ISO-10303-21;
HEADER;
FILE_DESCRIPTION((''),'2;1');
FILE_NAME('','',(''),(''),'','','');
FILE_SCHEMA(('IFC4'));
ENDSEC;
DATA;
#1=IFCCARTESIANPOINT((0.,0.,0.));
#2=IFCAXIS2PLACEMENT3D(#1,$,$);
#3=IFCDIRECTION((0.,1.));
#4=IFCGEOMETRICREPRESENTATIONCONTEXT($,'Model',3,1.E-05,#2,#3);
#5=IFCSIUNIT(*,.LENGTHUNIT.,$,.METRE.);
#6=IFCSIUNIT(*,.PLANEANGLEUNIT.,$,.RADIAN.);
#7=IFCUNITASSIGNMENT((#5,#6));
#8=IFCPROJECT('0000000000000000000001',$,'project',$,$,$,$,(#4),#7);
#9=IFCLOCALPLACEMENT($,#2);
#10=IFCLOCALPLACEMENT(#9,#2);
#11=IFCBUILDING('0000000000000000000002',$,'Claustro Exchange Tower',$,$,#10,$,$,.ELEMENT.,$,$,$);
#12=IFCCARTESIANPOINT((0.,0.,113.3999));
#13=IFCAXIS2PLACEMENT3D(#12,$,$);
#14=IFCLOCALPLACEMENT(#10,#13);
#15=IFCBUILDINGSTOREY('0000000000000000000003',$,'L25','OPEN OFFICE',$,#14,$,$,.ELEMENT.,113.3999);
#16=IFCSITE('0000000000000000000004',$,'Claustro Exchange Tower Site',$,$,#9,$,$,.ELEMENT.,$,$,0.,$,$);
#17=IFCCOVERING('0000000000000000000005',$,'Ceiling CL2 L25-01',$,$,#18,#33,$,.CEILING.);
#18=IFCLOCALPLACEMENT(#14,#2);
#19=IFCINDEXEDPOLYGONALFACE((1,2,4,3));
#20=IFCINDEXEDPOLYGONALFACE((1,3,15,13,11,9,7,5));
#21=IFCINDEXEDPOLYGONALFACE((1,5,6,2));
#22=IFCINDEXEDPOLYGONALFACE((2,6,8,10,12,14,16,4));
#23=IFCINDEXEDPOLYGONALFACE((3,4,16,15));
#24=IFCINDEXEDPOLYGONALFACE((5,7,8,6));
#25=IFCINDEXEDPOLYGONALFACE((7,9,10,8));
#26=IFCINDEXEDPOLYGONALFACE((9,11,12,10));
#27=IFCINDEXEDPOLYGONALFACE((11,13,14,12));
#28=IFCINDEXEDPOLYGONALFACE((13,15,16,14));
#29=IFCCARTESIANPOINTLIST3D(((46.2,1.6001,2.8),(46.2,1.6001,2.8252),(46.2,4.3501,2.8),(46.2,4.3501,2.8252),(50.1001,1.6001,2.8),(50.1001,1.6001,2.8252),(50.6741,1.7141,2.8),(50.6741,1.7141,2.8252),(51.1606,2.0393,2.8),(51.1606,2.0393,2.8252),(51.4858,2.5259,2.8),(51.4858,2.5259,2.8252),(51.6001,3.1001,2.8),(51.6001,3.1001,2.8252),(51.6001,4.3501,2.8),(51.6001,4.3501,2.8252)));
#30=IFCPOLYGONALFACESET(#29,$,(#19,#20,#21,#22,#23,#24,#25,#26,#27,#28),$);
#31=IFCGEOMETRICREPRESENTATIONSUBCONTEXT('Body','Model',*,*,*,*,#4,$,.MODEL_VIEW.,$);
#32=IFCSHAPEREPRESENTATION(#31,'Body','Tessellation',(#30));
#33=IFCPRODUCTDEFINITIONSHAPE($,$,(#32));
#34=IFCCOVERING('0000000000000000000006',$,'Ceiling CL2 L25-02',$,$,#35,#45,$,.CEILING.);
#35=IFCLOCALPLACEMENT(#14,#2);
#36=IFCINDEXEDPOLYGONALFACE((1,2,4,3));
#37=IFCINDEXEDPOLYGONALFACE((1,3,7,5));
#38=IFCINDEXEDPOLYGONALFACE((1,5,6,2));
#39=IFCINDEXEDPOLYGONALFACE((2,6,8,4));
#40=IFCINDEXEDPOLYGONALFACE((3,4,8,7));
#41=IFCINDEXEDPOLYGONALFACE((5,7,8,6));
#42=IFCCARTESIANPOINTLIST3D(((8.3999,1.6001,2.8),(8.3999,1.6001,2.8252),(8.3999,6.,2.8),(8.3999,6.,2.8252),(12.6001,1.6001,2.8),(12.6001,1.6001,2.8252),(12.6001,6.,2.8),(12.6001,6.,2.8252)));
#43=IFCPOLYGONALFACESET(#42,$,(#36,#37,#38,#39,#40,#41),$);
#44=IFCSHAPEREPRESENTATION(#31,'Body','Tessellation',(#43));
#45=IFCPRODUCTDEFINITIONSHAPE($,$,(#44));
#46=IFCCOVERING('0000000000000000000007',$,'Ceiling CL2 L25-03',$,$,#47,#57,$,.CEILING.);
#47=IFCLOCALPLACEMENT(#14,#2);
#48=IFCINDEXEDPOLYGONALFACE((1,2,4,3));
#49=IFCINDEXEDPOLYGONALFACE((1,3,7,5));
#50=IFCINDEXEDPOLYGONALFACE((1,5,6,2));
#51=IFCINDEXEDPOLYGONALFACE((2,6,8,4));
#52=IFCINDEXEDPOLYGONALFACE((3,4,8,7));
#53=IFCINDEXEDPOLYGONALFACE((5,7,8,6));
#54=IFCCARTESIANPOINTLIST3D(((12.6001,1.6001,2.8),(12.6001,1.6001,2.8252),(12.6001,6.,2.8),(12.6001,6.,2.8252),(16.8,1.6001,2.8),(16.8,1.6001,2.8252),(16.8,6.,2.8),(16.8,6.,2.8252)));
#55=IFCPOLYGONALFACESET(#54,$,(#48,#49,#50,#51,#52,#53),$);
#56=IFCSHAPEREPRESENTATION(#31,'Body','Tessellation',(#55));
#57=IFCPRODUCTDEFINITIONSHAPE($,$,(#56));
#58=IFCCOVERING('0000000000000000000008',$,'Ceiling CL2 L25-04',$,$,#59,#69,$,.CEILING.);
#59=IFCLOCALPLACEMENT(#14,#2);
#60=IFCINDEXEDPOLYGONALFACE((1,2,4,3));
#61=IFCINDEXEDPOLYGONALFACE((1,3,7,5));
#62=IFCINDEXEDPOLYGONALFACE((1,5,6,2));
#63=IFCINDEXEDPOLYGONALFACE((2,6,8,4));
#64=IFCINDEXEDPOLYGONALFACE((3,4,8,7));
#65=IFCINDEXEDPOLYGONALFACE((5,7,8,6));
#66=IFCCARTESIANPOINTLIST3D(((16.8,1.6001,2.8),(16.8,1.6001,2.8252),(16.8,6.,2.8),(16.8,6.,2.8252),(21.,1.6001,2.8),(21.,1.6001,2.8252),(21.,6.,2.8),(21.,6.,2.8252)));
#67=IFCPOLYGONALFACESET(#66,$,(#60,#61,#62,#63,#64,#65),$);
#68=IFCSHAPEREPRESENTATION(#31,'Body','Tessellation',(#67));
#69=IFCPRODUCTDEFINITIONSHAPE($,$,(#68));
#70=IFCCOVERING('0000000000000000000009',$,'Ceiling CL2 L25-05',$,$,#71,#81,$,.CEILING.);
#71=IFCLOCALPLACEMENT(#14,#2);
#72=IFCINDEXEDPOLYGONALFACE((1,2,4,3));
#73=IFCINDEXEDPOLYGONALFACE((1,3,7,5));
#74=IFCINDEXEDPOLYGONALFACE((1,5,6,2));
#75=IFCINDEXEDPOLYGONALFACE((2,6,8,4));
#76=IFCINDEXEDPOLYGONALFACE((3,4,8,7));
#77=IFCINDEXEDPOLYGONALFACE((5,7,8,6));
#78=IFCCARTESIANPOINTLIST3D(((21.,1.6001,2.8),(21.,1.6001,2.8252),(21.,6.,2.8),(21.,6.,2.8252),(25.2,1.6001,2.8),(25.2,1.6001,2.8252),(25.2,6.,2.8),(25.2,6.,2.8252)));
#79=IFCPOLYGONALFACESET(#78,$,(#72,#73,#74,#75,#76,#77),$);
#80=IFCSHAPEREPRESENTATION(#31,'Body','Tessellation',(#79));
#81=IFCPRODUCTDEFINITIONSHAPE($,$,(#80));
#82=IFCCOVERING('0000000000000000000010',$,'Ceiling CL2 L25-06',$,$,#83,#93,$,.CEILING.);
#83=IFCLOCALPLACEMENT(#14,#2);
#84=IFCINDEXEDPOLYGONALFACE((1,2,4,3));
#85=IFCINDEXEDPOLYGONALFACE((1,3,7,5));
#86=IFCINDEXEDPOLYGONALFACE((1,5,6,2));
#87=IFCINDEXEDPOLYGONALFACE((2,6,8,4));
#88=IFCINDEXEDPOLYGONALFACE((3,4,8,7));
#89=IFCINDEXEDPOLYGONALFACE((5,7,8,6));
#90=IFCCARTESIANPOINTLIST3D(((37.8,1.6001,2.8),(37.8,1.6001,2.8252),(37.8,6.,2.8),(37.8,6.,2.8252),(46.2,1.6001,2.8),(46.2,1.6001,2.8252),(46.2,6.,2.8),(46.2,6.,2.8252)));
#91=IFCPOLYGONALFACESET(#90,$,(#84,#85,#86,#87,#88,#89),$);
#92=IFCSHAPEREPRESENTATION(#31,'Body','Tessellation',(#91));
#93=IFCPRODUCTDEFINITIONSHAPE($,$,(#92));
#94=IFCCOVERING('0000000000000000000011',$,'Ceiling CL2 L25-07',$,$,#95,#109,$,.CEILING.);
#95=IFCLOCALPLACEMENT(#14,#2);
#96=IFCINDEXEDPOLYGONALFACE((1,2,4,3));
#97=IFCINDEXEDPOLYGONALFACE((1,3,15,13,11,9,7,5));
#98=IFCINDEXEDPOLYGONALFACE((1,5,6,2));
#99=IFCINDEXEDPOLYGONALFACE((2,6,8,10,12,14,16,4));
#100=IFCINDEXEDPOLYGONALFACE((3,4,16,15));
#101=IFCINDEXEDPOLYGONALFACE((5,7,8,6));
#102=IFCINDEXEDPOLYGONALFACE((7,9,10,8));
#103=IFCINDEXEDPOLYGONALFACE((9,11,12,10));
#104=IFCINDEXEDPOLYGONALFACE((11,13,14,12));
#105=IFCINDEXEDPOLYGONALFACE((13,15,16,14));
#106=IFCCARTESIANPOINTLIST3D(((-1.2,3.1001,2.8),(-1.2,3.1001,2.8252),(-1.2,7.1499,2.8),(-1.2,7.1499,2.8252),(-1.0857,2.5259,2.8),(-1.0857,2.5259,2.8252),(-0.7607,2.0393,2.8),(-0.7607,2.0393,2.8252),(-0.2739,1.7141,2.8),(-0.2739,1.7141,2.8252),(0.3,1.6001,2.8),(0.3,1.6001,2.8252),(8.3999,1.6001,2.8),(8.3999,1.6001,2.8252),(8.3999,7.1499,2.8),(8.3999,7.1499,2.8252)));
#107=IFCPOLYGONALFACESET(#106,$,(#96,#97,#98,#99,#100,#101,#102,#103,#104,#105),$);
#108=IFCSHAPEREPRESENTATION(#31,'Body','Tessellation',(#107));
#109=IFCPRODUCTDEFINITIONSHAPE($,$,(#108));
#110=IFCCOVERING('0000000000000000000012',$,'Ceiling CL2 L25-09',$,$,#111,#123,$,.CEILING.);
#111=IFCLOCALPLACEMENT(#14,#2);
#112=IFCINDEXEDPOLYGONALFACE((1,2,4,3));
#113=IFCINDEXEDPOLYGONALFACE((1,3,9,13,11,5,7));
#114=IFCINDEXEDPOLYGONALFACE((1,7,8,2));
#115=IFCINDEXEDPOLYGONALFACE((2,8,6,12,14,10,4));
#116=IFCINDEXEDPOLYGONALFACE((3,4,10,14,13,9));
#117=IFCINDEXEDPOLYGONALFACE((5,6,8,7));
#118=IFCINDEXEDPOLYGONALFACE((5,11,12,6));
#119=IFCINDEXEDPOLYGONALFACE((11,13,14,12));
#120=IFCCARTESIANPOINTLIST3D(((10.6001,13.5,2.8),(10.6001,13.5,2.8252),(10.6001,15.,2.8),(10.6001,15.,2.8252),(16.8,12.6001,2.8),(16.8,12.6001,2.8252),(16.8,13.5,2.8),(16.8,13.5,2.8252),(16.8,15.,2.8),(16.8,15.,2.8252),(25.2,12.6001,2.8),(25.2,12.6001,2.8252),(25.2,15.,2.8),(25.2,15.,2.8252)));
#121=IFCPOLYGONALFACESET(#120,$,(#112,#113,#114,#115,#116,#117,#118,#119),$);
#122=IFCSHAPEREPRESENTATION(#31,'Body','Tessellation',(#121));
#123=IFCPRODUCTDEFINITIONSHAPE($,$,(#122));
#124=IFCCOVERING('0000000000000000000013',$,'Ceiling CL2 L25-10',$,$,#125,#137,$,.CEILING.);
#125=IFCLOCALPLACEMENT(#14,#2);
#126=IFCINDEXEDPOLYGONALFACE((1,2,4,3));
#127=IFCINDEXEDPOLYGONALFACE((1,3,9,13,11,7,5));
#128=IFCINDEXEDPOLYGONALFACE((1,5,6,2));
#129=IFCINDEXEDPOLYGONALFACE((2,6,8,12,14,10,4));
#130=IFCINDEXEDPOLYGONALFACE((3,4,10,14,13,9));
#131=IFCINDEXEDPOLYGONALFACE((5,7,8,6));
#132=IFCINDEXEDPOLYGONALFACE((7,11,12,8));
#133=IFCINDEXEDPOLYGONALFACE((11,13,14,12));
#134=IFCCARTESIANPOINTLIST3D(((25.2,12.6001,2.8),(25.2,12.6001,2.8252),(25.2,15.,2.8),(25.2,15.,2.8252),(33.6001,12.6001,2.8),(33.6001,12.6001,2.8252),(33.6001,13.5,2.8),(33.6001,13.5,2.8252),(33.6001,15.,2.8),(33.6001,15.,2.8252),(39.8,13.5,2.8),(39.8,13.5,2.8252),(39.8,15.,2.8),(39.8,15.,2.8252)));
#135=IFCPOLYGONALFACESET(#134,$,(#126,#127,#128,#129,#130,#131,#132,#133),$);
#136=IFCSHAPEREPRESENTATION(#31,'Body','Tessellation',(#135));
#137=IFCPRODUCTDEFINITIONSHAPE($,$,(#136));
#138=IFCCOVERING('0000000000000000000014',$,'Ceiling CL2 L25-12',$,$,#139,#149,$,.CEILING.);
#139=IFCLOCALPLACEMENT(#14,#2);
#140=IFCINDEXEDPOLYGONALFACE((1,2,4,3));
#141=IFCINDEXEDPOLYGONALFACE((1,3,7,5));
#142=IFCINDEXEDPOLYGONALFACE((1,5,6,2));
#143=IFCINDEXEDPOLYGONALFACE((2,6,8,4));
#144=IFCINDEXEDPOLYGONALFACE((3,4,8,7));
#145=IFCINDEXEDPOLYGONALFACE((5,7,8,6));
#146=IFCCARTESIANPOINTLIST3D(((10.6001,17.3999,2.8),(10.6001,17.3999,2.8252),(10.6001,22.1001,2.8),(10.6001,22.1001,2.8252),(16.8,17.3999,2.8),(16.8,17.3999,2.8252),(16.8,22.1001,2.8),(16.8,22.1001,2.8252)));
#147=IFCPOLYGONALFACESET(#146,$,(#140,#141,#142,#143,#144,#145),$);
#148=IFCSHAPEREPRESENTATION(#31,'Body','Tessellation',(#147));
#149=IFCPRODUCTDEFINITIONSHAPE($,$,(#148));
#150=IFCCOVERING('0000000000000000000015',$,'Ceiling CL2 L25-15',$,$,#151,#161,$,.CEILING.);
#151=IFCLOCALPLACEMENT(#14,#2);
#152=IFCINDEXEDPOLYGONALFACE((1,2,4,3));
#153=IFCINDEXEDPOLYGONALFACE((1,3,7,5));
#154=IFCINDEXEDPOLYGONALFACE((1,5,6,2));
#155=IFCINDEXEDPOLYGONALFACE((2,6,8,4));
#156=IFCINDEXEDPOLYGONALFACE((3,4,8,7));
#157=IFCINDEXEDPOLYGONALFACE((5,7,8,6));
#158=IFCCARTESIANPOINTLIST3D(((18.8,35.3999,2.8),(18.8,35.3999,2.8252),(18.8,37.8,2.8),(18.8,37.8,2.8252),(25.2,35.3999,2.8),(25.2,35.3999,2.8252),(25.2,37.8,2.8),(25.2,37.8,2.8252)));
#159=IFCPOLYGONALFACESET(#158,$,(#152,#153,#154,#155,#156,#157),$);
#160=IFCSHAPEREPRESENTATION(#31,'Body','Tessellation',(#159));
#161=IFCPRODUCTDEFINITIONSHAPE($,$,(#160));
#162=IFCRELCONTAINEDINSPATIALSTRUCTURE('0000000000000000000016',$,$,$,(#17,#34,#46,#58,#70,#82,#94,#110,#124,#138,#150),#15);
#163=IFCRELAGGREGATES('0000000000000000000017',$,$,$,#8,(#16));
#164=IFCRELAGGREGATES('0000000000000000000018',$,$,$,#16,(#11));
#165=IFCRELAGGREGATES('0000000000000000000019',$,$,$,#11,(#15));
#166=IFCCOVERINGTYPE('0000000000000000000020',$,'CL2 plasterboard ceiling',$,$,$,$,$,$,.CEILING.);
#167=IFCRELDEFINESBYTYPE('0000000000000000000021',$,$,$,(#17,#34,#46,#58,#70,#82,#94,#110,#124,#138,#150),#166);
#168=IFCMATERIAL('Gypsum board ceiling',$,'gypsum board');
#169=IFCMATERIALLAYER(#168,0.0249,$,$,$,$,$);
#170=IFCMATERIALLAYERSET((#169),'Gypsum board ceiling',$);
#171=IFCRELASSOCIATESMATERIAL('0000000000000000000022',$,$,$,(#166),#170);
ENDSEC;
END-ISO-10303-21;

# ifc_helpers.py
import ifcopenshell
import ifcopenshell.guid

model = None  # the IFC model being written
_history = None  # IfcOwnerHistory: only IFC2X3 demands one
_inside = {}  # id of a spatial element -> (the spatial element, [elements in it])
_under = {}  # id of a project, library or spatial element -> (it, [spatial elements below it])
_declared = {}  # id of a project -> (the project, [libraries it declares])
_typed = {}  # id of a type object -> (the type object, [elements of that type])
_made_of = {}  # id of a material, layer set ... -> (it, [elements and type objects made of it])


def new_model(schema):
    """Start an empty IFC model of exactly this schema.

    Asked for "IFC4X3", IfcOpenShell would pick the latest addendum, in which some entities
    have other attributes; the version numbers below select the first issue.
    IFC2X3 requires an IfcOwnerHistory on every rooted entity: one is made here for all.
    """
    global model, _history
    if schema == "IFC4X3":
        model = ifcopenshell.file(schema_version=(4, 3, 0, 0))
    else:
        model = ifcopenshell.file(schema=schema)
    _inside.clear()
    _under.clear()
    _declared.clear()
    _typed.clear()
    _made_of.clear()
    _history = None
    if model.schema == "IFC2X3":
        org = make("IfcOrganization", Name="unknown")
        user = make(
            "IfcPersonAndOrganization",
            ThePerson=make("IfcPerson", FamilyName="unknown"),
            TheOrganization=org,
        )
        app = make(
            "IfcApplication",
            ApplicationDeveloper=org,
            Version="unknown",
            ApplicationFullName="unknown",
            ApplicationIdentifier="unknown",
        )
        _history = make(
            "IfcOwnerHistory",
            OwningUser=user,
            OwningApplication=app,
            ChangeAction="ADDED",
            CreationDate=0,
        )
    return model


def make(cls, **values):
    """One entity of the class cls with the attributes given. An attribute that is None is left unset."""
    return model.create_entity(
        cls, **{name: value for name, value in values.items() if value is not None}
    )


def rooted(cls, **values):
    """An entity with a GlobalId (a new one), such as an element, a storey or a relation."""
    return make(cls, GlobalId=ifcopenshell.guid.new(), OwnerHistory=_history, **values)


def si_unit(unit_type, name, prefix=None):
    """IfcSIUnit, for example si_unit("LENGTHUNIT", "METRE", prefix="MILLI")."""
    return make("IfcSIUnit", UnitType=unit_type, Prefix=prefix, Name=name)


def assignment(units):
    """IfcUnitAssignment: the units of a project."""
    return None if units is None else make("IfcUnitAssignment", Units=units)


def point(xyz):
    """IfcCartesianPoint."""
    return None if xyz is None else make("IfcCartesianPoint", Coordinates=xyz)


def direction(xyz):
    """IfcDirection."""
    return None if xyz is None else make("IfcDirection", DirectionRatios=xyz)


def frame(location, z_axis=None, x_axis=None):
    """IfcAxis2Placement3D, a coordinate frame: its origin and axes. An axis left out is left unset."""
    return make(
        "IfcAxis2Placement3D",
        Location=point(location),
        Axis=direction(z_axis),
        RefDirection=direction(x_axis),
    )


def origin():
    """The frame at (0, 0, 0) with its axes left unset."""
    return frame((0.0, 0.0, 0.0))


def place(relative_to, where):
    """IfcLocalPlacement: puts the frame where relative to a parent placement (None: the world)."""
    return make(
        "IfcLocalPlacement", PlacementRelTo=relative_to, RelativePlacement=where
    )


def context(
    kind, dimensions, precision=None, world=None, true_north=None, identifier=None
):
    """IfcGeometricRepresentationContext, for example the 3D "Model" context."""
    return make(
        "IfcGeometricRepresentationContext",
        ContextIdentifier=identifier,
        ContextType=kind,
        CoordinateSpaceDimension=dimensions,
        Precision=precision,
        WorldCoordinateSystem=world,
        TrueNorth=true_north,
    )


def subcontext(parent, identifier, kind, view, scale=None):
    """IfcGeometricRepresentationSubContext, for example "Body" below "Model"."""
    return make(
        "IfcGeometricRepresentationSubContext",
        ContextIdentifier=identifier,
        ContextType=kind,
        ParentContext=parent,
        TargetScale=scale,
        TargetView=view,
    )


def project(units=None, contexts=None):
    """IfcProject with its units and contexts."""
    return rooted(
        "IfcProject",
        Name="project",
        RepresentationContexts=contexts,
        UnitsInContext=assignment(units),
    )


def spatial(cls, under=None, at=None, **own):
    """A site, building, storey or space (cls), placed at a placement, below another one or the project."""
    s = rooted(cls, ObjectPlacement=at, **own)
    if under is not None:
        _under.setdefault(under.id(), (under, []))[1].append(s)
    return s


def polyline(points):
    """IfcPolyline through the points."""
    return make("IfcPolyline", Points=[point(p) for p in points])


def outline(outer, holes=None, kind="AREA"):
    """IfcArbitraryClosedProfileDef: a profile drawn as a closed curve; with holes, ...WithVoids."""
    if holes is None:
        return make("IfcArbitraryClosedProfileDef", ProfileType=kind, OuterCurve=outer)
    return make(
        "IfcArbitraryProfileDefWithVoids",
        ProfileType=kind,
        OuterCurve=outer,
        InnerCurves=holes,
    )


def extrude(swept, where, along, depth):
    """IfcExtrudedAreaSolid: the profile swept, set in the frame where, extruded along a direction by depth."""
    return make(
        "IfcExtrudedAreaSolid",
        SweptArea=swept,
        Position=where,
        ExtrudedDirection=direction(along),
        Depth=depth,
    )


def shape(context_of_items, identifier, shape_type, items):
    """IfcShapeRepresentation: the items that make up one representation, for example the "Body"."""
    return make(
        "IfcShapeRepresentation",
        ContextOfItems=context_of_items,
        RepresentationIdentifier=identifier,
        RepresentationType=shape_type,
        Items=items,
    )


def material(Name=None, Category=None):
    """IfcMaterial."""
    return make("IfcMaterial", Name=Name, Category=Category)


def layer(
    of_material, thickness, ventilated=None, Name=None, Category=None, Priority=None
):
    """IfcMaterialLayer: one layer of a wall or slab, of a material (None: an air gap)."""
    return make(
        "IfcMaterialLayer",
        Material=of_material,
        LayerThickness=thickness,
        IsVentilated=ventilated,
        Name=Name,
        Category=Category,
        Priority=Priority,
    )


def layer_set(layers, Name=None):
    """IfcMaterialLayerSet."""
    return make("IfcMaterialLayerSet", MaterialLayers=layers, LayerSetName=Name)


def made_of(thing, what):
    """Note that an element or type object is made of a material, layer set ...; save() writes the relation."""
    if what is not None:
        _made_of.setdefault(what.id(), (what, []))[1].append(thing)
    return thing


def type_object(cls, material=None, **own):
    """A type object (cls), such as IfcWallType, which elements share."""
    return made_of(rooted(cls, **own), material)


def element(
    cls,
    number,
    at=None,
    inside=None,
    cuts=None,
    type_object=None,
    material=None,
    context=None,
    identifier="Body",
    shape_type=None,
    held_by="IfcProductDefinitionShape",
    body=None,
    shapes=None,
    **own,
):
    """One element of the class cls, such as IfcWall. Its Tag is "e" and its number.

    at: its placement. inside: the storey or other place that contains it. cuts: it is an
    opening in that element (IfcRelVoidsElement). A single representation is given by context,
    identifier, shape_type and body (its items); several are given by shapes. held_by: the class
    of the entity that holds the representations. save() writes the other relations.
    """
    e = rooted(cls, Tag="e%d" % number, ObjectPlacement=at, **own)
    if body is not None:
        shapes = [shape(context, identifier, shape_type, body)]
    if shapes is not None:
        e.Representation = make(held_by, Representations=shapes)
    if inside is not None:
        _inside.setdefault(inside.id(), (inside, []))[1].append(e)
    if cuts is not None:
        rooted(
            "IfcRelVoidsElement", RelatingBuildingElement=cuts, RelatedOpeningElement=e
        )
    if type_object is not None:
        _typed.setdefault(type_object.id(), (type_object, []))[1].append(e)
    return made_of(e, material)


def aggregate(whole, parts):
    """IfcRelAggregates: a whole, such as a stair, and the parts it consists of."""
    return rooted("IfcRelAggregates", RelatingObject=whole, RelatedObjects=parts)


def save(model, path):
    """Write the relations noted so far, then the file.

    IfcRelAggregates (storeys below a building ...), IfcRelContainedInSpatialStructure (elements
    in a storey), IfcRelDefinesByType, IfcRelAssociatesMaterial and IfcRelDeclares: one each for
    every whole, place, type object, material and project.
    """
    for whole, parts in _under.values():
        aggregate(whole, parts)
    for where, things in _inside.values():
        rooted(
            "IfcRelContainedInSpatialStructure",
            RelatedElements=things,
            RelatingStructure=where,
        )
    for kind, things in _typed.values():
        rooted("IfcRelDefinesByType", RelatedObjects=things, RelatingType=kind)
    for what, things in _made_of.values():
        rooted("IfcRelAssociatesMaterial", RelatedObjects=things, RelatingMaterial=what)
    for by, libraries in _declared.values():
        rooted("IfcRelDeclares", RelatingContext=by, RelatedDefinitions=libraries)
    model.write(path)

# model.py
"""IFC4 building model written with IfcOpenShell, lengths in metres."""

from ifc_helpers import new_model, si_unit, direction, frame, origin, place, context, subcontext, project, spatial, polyline, outline, extrude, material, layer, layer_set, type_object, element, save


model = new_model("IFC4")

# Units and contexts
model_context = context("Model", 3, precision=1e-05, world=origin(), true_north=direction((0.0, 1.0)))
body_context = subcontext(model_context, "Body", "Model", "MODEL_VIEW")
ifc_project = project(units=[si_unit("LENGTHUNIT", "METRE"), si_unit("PLANEANGLEUNIT", "RADIAN")], contexts=[model_context])

# Site, building, storey
site_placement = place(None, origin())
site = spatial("IfcSite", under=ifc_project, at=site_placement, Name="Claustro Exchange Tower Site", CompositionType="ELEMENT", RefElevation=0.0)
building_placement = place(site_placement, origin())
building = spatial("IfcBuilding", under=site, at=building_placement, Name="Claustro Exchange Tower", CompositionType="ELEMENT")
storey_placement = place(building_placement, frame((0.0, 0.0, 113.3999)))
storey = spatial("IfcBuildingStorey", under=building, at=storey_placement, Name="L25", Description="OPEN OFFICE", CompositionType="ELEMENT", Elevation=113.3999)

# Coverings
ifc_material_1 = material(Name="Gypsum board ceiling", Category="gypsum board")
ifc_layer_1 = layer(ifc_material_1, 0.0249)
ifc_layer_set_1 = layer_set([ifc_layer_1], Name="Gypsum board ceiling")
covering_type_1 = type_object("IfcCoveringType", Name="CL2 plasterboard ceiling", PredefinedType="CEILING", material=ifc_layer_set_1)
covering_1_placement = place(storey_placement, frame((0.0, 0.0, 2.8)))
element("IfcCovering", 1, at=covering_1_placement, inside=storey, type_object=covering_type_1, Name="Ceiling CL2 L25-01", PredefinedType="CEILING", context=body_context, shape_type="SweptSolid", body=[
    extrude(outline(polyline([(51.6001, 3.1001), (51.6001, 4.3501), (46.2, 4.3501), (46.2, 1.6001), (50.1001, 1.6001), (50.6741, 1.7141), (51.1606, 2.0393), (51.4858, 2.5259), (51.6001, 3.1001)])), origin(), (0.0, 0.0, 1.0), 0.0251),
])
covering_2_placement = place(storey_placement, frame((0.0, 0.0, 2.8)))
element("IfcCovering", 2, at=covering_2_placement, inside=storey, type_object=covering_type_1, Name="Ceiling CL2 L25-02", PredefinedType="CEILING", context=body_context, shape_type="SweptSolid", body=[
    extrude(outline(polyline([(8.3999, 1.6001), (12.6001, 1.6001), (12.6001, 6.0), (8.3999, 6.0), (8.3999, 1.6001)])), origin(), (0.0, 0.0, 1.0), 0.0251),
])
covering_3_placement = place(storey_placement, frame((0.0, 0.0, 2.8)))
element("IfcCovering", 3, at=covering_3_placement, inside=storey, type_object=covering_type_1, Name="Ceiling CL2 L25-03", PredefinedType="CEILING", context=body_context, shape_type="SweptSolid", body=[
    extrude(outline(polyline([(12.6001, 1.6001), (16.8, 1.6001), (16.8, 6.0), (12.6001, 6.0), (12.6001, 1.6001)])), origin(), (0.0, 0.0, 1.0), 0.0251),
])
covering_4_placement = place(storey_placement, frame((0.0, 0.0, 2.8)))
element("IfcCovering", 4, at=covering_4_placement, inside=storey, type_object=covering_type_1, Name="Ceiling CL2 L25-04", PredefinedType="CEILING", context=body_context, shape_type="SweptSolid", body=[
    extrude(outline(polyline([(16.8, 1.6001), (21.0, 1.6001), (21.0, 6.0), (16.8, 6.0), (16.8, 1.6001)])), origin(), (0.0, 0.0, 1.0), 0.0251),
])
covering_5_placement = place(storey_placement, frame((0.0, 0.0, 2.8)))
element("IfcCovering", 5, at=covering_5_placement, inside=storey, type_object=covering_type_1, Name="Ceiling CL2 L25-05", PredefinedType="CEILING", context=body_context, shape_type="SweptSolid", body=[
    extrude(outline(polyline([(21.0, 1.6001), (25.2, 1.6001), (25.2, 6.0), (21.0, 6.0), (21.0, 1.6001)])), origin(), (0.0, 0.0, 1.0), 0.0251),
])
covering_6_placement = place(storey_placement, frame((0.0, 0.0, 2.8)))
element("IfcCovering", 6, at=covering_6_placement, inside=storey, type_object=covering_type_1, Name="Ceiling CL2 L25-06", PredefinedType="CEILING", context=body_context, shape_type="SweptSolid", body=[
    extrude(outline(polyline([(37.8, 1.6001), (46.2, 1.6001), (46.2, 6.0), (37.8, 6.0), (37.8, 1.6001)])), origin(), (0.0, 0.0, 1.0), 0.0251),
])
covering_7_placement = place(storey_placement, frame((0.0, 0.0, 2.8)))
element("IfcCovering", 7, at=covering_7_placement, inside=storey, type_object=covering_type_1, Name="Ceiling CL2 L25-07", PredefinedType="CEILING", context=body_context, shape_type="SweptSolid", body=[
    extrude(outline(polyline([(-1.0857, 2.5259), (-0.7607, 2.0393), (-0.2739, 1.7141), (0.3, 1.6001), (8.3999, 1.6001), (8.3999, 7.1499), (-1.2, 7.1499), (-1.2, 3.1001), (-1.0857, 2.5259)])), origin(), (0.0, 0.0, 1.0), 0.0251),
])
covering_8_placement = place(storey_placement, frame((0.0, 0.0, 2.8)))
element("IfcCovering", 8, at=covering_8_placement, inside=storey, type_object=covering_type_1, Name="Ceiling CL2 L25-09", PredefinedType="CEILING", context=body_context, shape_type="SweptSolid", body=[
    extrude(outline(polyline([(10.6001, 15.0), (10.6001, 13.5), (16.8, 13.5), (16.8, 12.6001), (25.2, 12.6001), (25.2, 15.0), (16.8, 15.0), (16.8, 15.0), (10.6001, 15.0)])), origin(), (0.0, 0.0, 1.0), 0.0251),
])
covering_9_placement = place(storey_placement, frame((0.0, 0.0, 2.8)))
element("IfcCovering", 9, at=covering_9_placement, inside=storey, type_object=covering_type_1, Name="Ceiling CL2 L25-10", PredefinedType="CEILING", context=body_context, shape_type="SweptSolid", body=[
    extrude(outline(polyline([(39.8, 13.5), (39.8, 15.0), (33.6001, 15.0), (33.6001, 15.0), (25.2, 15.0), (25.2, 12.6001), (33.6001, 12.6001), (33.6001, 13.5), (39.8, 13.5)])), origin(), (0.0, 0.0, 1.0), 0.0251),
])
covering_10_placement = place(storey_placement, frame((0.0, 0.0, 2.8)))
element("IfcCovering", 10, at=covering_10_placement, inside=storey, type_object=covering_type_1, Name="Ceiling CL2 L25-12", PredefinedType="CEILING", context=body_context, shape_type="SweptSolid", body=[
    extrude(outline(polyline([(16.8, 17.3999), (16.8, 22.1001), (10.6001, 22.1001), (10.6001, 17.3999), (16.8, 17.3999)])), origin(), (0.0, 0.0, 1.0), 0.0251),
])
covering_11_placement = place(storey_placement, frame((0.0, 0.0, 2.8)))
element("IfcCovering", 11, at=covering_11_placement, inside=storey, type_object=covering_type_1, Name="Ceiling CL2 L25-15", PredefinedType="CEILING", context=body_context, shape_type="SweptSolid", body=[
    extrude(outline(polyline([(18.8, 35.3999), (25.2, 35.3999), (25.2, 37.8), (18.8, 37.8), (18.8, 35.3999)])), origin(), (0.0, 0.0, 1.0), 0.0251),
])

save(model, "model.ifc")
